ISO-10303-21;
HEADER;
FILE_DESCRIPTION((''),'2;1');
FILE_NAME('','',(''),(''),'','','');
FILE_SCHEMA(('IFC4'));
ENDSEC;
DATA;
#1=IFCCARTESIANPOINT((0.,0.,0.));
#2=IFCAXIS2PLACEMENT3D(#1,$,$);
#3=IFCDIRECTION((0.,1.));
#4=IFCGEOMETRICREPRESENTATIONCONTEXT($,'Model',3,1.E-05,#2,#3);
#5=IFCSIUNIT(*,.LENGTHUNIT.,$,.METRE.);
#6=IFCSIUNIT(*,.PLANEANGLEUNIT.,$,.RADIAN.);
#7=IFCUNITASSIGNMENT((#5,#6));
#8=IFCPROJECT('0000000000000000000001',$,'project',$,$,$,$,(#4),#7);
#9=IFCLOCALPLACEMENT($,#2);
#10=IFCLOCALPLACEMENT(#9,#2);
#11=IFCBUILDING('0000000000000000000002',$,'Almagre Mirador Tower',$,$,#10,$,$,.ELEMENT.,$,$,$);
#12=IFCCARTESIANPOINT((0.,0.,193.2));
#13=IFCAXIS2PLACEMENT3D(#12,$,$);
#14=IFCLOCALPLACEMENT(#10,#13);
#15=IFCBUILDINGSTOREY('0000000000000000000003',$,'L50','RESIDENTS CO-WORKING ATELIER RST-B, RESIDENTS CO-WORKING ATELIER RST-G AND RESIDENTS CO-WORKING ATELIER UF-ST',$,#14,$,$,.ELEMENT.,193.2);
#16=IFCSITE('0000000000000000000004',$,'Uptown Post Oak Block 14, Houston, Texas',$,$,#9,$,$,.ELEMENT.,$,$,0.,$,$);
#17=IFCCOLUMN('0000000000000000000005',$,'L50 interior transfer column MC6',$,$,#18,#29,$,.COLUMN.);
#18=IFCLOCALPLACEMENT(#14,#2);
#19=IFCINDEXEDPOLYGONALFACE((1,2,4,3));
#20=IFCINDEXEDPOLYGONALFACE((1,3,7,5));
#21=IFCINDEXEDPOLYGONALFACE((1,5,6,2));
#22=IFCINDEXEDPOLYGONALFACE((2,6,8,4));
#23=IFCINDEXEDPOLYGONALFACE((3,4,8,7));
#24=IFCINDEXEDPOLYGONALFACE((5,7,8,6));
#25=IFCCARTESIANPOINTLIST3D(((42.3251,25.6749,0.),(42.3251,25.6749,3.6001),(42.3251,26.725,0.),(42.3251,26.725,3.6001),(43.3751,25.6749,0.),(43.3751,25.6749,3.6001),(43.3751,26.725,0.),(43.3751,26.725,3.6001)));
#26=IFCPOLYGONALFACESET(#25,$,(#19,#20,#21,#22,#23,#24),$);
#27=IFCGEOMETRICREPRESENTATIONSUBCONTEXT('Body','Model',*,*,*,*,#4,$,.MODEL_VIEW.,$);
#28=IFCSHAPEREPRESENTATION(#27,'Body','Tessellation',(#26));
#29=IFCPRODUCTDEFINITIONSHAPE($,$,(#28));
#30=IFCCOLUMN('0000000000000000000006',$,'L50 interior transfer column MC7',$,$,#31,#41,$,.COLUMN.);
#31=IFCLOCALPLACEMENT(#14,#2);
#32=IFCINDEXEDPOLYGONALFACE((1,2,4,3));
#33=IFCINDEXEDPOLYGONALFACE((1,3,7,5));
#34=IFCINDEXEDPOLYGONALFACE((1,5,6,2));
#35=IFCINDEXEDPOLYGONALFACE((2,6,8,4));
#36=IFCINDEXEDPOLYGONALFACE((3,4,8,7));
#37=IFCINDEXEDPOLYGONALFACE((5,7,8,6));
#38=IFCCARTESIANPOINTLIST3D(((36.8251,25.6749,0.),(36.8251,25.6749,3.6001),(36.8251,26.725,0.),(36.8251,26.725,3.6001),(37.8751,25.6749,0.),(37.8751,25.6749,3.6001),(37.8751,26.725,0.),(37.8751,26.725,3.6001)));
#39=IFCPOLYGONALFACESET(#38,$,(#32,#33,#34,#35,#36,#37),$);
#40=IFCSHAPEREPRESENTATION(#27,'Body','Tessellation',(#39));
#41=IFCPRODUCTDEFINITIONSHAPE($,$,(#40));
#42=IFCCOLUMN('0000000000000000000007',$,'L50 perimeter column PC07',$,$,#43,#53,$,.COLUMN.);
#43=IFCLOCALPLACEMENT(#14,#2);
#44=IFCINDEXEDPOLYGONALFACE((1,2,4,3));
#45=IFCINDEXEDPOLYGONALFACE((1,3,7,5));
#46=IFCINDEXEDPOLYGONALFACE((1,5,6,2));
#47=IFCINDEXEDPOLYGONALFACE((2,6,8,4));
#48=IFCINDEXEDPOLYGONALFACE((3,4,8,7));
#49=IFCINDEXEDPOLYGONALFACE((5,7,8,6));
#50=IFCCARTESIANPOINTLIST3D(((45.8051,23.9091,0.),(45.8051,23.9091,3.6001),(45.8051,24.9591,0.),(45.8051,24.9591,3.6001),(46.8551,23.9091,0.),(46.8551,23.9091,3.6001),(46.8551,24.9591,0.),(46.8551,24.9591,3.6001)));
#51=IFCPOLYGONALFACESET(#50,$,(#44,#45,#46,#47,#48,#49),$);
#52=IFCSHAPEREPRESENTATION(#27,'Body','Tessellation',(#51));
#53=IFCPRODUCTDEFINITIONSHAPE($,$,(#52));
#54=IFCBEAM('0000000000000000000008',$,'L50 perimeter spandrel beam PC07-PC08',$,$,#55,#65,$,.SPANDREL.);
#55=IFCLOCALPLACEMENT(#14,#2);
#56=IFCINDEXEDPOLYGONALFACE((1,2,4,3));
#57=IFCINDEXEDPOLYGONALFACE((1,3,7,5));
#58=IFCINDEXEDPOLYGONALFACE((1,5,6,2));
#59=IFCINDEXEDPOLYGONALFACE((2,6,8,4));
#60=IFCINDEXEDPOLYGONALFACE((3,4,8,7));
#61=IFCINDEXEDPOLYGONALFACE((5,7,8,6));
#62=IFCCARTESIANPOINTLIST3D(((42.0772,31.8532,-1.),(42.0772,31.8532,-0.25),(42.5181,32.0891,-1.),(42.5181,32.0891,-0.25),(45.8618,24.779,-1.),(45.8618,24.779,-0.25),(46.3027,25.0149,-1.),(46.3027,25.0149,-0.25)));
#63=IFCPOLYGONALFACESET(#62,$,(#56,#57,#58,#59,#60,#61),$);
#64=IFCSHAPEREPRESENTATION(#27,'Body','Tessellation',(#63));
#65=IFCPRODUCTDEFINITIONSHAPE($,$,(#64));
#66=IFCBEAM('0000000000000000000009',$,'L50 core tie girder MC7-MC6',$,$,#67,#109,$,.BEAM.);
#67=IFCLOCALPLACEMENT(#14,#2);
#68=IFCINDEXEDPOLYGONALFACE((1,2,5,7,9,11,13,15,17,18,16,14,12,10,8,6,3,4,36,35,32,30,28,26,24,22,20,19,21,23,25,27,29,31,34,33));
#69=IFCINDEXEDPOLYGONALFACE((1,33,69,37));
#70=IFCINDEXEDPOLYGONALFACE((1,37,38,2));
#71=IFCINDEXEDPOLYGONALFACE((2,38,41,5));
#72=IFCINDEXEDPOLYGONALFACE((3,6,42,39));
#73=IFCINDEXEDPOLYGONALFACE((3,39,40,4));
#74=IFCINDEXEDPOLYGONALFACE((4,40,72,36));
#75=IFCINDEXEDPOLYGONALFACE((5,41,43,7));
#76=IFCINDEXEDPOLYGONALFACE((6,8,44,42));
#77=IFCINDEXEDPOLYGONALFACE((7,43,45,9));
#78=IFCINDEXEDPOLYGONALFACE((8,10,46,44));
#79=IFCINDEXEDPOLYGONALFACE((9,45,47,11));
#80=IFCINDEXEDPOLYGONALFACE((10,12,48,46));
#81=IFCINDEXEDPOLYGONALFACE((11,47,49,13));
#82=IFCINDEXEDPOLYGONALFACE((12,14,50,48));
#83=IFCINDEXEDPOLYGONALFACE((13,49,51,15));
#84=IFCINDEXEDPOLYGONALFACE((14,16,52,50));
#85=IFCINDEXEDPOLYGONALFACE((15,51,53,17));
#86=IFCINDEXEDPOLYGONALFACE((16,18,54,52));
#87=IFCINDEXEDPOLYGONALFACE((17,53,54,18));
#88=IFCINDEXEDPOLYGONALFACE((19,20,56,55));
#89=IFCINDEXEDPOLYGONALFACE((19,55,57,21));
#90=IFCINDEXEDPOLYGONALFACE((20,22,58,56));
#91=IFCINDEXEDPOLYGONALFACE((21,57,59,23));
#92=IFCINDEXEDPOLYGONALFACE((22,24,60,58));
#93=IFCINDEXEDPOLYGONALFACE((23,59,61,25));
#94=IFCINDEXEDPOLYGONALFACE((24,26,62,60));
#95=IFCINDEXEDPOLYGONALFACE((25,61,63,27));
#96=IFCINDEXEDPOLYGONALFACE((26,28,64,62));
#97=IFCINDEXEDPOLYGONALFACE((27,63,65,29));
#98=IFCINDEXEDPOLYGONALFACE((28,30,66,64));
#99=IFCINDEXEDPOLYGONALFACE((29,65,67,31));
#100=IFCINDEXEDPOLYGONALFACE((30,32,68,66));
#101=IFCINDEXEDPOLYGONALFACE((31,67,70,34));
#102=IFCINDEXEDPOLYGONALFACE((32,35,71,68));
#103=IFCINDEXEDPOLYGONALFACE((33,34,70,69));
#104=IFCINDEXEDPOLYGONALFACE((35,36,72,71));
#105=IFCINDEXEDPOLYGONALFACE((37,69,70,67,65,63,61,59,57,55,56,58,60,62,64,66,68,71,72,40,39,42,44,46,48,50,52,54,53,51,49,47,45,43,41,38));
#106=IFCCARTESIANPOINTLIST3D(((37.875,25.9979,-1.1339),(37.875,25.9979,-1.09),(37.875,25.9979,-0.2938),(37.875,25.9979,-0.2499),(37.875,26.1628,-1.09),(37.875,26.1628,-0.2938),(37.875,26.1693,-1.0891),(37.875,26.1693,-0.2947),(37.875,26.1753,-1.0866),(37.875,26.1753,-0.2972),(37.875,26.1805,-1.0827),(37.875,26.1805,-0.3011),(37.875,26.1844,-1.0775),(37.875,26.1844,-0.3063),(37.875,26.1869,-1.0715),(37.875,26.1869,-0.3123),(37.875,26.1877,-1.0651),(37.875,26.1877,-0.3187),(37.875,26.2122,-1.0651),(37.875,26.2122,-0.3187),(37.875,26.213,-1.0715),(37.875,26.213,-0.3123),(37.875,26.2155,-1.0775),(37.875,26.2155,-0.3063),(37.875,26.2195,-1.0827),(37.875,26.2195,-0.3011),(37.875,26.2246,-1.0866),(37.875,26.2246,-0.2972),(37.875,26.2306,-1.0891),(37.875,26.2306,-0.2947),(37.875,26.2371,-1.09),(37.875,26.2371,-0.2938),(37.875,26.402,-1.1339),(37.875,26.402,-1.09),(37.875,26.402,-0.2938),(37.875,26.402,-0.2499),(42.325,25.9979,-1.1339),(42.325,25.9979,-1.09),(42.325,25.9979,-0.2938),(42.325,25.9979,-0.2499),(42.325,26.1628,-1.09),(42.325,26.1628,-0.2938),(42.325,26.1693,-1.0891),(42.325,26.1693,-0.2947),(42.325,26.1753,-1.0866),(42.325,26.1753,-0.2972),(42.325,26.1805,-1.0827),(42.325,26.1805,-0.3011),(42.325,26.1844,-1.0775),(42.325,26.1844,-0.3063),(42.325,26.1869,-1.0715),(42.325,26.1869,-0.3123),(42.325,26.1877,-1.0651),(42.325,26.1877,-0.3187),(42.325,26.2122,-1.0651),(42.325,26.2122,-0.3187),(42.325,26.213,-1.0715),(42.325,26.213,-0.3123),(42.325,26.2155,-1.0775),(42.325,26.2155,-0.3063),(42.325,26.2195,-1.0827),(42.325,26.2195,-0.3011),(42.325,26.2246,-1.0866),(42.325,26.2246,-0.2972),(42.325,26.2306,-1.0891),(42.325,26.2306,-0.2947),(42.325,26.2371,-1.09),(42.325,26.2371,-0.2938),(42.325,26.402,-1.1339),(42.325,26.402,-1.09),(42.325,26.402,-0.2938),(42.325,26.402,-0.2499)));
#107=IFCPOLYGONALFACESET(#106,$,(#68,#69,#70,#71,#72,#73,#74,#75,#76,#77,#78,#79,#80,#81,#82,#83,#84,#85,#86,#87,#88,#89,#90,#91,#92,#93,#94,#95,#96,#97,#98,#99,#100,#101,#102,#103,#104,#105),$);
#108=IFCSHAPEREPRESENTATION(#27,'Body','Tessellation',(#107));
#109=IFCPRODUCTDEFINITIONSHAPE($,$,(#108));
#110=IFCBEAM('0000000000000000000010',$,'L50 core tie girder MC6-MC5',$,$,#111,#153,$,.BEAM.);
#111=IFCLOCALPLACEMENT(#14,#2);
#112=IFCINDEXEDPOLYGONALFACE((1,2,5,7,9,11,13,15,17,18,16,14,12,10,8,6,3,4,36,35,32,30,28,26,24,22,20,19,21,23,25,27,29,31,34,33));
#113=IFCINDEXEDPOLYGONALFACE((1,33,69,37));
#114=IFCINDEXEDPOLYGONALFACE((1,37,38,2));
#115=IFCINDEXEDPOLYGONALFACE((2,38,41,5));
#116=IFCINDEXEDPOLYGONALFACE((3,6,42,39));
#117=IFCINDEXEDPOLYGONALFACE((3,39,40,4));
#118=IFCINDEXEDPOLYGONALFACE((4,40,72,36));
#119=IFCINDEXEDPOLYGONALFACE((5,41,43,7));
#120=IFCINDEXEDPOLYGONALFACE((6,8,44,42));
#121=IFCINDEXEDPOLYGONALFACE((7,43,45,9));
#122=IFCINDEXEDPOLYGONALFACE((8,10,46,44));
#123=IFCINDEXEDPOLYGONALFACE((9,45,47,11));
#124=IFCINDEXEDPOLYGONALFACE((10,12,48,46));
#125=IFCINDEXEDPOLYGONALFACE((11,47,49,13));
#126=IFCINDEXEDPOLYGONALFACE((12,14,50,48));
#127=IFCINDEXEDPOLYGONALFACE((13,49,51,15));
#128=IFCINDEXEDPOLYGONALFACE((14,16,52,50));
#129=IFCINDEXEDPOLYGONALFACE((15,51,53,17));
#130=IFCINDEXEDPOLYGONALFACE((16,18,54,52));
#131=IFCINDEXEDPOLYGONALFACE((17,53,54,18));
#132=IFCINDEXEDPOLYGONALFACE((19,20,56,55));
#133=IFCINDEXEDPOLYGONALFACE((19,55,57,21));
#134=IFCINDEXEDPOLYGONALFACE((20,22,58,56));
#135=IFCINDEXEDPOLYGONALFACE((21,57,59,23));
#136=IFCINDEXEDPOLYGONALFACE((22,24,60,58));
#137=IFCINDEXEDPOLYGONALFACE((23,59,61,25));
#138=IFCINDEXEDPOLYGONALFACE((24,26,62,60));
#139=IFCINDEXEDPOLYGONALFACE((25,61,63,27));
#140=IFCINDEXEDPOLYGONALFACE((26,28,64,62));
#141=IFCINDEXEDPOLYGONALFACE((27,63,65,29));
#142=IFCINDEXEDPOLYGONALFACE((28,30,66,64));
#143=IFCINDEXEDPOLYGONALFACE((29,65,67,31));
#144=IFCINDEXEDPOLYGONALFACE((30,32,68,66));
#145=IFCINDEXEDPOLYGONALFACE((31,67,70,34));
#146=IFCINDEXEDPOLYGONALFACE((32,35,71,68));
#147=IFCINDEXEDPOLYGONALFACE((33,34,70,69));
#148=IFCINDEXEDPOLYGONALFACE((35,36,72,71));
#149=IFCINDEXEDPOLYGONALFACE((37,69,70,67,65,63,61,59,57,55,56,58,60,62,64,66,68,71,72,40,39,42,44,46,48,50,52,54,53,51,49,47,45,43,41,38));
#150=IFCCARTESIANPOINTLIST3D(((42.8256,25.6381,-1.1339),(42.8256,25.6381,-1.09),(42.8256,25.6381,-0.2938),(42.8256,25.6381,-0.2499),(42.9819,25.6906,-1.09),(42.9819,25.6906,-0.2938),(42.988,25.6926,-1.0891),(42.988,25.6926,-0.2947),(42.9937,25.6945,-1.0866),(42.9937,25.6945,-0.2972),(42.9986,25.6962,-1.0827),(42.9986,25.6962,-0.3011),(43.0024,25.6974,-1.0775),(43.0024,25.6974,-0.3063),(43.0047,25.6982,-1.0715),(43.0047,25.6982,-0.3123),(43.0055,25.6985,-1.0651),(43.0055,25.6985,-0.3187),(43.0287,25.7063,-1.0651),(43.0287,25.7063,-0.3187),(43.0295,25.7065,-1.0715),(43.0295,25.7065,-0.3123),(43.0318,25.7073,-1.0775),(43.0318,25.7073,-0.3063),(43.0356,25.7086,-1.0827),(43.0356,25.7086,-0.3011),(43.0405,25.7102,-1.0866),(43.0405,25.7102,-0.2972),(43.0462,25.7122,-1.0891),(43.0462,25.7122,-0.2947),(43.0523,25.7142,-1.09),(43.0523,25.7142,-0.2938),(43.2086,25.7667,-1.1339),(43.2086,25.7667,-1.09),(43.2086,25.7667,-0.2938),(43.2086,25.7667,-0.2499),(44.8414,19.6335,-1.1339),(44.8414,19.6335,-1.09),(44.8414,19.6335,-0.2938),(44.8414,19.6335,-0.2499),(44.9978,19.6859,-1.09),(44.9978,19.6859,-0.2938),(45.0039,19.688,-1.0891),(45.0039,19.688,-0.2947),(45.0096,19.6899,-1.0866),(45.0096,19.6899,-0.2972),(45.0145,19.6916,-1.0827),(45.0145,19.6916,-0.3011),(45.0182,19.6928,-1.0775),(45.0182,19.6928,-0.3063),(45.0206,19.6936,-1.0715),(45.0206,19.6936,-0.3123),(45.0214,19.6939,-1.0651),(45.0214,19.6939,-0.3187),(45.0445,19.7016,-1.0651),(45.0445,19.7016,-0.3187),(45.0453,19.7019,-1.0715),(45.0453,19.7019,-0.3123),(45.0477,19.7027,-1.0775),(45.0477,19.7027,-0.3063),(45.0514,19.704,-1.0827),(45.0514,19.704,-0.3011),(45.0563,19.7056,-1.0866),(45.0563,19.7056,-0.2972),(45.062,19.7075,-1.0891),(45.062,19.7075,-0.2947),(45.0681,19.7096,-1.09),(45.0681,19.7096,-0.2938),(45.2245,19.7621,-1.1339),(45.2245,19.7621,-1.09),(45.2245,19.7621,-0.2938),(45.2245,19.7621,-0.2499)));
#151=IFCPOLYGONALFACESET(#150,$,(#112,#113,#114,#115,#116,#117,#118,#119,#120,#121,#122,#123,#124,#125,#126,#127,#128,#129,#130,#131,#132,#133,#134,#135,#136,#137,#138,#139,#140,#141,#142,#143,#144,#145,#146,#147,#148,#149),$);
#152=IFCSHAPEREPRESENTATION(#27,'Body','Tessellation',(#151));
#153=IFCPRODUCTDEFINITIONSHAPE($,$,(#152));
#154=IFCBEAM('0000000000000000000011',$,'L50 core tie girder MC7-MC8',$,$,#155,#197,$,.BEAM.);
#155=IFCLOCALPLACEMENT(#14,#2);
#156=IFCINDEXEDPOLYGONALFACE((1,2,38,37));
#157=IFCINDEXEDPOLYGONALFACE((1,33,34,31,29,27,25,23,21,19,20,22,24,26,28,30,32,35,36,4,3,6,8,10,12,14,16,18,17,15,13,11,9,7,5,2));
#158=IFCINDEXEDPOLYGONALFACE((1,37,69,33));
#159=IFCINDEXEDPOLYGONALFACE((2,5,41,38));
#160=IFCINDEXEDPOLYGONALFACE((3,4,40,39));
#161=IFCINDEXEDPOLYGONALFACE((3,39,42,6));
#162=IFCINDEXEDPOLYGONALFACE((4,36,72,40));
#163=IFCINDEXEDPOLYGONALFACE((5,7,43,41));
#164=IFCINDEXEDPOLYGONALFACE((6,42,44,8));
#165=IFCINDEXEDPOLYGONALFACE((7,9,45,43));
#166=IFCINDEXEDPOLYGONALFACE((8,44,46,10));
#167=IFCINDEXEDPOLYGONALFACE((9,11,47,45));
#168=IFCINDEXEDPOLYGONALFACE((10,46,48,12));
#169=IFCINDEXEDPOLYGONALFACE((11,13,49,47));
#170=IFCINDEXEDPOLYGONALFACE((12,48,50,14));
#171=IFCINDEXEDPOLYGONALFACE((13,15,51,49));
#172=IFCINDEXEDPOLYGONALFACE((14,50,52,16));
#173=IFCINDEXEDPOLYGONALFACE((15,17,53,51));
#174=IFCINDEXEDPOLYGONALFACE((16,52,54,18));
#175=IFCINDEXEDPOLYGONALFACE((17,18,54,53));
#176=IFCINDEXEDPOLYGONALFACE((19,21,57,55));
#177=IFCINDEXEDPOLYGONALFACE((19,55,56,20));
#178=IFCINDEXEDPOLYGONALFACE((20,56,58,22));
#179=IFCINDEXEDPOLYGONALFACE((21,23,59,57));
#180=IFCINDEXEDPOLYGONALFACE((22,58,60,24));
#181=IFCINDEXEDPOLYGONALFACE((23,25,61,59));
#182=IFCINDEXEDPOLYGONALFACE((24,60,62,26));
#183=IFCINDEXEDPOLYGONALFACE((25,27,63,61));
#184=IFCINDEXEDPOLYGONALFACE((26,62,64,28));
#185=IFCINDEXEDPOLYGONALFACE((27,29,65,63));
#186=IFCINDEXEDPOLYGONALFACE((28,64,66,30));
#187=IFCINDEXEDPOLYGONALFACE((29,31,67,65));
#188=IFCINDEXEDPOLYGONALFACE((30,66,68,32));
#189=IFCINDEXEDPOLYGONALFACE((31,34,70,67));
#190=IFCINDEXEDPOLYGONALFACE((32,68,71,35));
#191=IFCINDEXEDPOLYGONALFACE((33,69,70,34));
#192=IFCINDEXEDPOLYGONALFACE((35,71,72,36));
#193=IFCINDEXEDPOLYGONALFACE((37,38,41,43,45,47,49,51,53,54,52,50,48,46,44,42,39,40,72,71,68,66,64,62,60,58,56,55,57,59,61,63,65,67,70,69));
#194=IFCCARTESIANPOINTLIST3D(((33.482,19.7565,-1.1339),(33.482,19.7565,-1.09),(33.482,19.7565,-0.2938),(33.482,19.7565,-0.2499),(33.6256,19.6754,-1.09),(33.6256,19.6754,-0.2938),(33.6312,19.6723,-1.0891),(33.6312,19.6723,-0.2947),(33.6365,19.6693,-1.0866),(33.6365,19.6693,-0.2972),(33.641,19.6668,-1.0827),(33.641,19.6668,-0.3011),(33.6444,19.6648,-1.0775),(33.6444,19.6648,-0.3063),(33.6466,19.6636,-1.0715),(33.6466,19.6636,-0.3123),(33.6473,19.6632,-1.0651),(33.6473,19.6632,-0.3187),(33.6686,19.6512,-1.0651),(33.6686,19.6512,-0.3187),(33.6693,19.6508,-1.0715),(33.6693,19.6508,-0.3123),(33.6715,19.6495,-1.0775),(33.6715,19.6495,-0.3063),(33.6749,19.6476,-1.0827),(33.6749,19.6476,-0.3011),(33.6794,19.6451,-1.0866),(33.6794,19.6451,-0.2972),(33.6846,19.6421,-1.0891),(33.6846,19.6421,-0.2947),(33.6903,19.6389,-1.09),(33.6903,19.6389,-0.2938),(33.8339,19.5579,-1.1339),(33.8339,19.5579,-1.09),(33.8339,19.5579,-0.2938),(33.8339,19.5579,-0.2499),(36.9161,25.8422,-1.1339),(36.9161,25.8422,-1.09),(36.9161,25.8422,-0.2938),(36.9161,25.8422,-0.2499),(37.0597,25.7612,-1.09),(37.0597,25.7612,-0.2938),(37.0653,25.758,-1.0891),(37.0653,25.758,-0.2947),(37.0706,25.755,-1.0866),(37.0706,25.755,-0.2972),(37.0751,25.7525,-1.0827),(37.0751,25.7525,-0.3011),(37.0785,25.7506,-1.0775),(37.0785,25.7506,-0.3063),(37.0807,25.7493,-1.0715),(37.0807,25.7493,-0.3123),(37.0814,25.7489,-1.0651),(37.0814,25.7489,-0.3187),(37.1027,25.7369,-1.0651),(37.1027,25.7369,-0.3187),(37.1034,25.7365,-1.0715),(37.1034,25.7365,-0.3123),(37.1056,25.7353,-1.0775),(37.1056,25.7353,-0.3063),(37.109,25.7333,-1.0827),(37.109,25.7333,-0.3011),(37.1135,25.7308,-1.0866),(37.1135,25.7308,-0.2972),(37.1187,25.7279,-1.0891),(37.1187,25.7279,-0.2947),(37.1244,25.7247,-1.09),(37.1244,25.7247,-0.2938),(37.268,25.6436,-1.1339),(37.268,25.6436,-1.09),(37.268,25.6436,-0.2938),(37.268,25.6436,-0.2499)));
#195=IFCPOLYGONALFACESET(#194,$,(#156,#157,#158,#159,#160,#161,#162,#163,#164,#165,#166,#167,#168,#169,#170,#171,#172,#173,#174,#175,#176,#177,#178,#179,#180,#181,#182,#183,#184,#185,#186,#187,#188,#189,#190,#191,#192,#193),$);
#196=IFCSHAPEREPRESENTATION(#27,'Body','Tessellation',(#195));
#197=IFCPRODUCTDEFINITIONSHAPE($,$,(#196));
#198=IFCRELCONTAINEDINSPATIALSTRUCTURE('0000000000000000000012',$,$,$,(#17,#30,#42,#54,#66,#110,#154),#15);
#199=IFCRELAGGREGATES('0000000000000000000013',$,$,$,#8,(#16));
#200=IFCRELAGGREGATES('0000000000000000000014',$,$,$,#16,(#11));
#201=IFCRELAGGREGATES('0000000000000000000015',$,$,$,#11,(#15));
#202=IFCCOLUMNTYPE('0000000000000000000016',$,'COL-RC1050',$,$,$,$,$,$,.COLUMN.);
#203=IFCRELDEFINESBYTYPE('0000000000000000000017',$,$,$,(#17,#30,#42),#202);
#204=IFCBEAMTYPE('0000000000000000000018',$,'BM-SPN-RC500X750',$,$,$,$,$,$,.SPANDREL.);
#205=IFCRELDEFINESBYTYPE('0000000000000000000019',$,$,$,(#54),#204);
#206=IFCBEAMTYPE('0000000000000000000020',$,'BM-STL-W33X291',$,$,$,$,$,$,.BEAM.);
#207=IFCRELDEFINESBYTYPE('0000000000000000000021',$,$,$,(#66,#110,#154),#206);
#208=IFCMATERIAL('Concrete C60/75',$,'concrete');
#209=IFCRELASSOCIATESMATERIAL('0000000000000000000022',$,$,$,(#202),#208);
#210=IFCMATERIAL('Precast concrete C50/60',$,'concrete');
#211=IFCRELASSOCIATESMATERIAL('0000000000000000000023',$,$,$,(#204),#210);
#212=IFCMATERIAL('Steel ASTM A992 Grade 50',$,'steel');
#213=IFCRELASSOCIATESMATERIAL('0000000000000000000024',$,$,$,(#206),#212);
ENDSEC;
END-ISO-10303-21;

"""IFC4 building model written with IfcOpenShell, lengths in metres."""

from ifc_helpers import new_model, si_unit, direction, frame, origin, origin_2d, place, context, subcontext, project, spatial, rectangle, i_section, extrude, material, material_profile, profile_set, type_object, element, save


model = new_model("IFC4")

# Units and contexts
model_context = context("Model", 3, precision=1e-05, world=origin(), true_north=direction((0.0, 1.0)))
body_context = subcontext(model_context, "Body", "Model", "MODEL_VIEW")
ifc_project = project(units=[si_unit("LENGTHUNIT", "METRE"), si_unit("PLANEANGLEUNIT", "RADIAN")], contexts=[model_context])

# Site, building, storey
site_placement = place(None, origin())
site = spatial("IfcSite", under=ifc_project, at=site_placement, Name="Uptown Post Oak Block 14, Houston, Texas", CompositionType="ELEMENT", RefElevation=0.0)
building_placement = place(site_placement, origin())
building = spatial("IfcBuilding", under=site, at=building_placement, Name="Almagre Mirador Tower", CompositionType="ELEMENT")
storey_placement = place(building_placement, frame((0.0, 0.0, 193.2)))
storey = spatial("IfcBuildingStorey", under=building, at=storey_placement, Name="L50", Description="RESIDENTS CO-WORKING ATELIER RST-B, RESIDENTS CO-WORKING ATELIER RST-G AND RESIDENTS CO-WORKING ATELIER UF-ST", CompositionType="ELEMENT", Elevation=193.2)

# Columns
ifc_material_1 = material(Name="Concrete C60/75", Category="concrete")
ifc_material_profile_1 = material_profile(ifc_material_1, rectangle(XDim=1.05, YDim=1.05, at=origin_2d()), Name="RC1050X1050")
ifc_profile_set_1 = profile_set([ifc_material_profile_1], Name="Concrete C60/75")
column_type = type_object("IfcColumnType", Name="COL-RC1050", PredefinedType="COLUMN", material=ifc_profile_set_1)
for number, where, z_axis, x_axis, name in (
    (1, (42.8501, 26.2, 0.0), (0.0, 0.0, 1.0), (1.0, 0.0, 0.0), "L50 interior transfer column MC6"),
    (2, (37.3501, 26.2, 0.0), (0.0, 0.0, 1.0), (1.0, 0.0, 0.0), "L50 interior transfer column MC7"),
    (3, (46.3301, 24.4341, 0.0), (0.0, 0.0, 1.0), (1.0, 0.0, 0.0), "L50 perimeter column PC07"),
):
    element("IfcColumn", number, at=place(storey_placement, frame(where, z_axis=z_axis, x_axis=x_axis)), inside=storey, type_object=column_type, Name=name, PredefinedType="COLUMN", context=body_context, shape_type="SweptSolid", body=[
        extrude(rectangle(XDim=1.05, YDim=1.05, at=origin_2d()), origin(), (0.0, 0.0, 1.0), 3.6001),
    ])

# Beams
ifc_material_2 = material(Name="Precast concrete C50/60", Category="concrete")
ifc_material_profile_2 = material_profile(ifc_material_2, rectangle(XDim=0.5, YDim=0.75, at=origin_2d()), Name="RC500X750")
ifc_profile_set_2 = profile_set([ifc_material_profile_2], Name="Precast concrete C50/60")
beam_type_1 = type_object("IfcBeamType", Name="BM-SPN-RC500X750", PredefinedType="SPANDREL", material=ifc_profile_set_2)
beam_1_placement = place(storey_placement, frame((46.0823, 24.897, -0.625), z_axis=(-0.471728, 0.881744, 0.0), x_axis=(-0.881744, -0.471728, 0.0)))
element("IfcBeam", 4, at=beam_1_placement, inside=storey, type_object=beam_type_1, Name="L50 perimeter spandrel beam PC07-PC08", PredefinedType="SPANDREL", context=body_context, shape_type="SweptSolid", body=[
    extrude(rectangle(XDim=0.5, YDim=0.75, at=origin_2d()), origin(), (0.0, 0.0, 1.0), 8.0229),
])
ifc_material_3 = material(Name="Steel ASTM A992 Grade 50", Category="steel")
ifc_material_profile_3 = material_profile(ifc_material_3, i_section(OverallWidth=0.4041, OverallDepth=0.884, WebThickness=0.0244, FlangeThickness=0.0439, FilletRadius=0.0249, at=origin_2d()), Name="W33X291")
ifc_profile_set_3 = profile_set([ifc_material_profile_3], Name="Steel ASTM A992 Grade 50")
beam_type_2 = type_object("IfcBeamType", Name="BM-STL-W33X291", PredefinedType="BEAM", material=ifc_profile_set_3)
beam_2_placement = place(storey_placement, frame((37.875, 26.2, -0.6919), z_axis=(1.0, 0.0, 0.0), x_axis=(0.0, 1.0, 0.0)))
element("IfcBeam", 5, at=beam_2_placement, inside=storey, type_object=beam_type_2, Name="L50 core tie girder MC7-MC6", PredefinedType="BEAM", context=body_context, shape_type="SweptSolid", body=[
    extrude(i_section(OverallWidth=0.4041, OverallDepth=0.884, WebThickness=0.0244, FlangeThickness=0.0439, FilletRadius=0.0249, at=origin_2d()), origin(), (0.0, 0.0, 1.0), 4.45),
])
beam_3_placement = place(storey_placement, frame((43.0171, 25.7024, -0.6919), z_axis=(0.318262, -0.948003, 0.0), x_axis=(0.948003, 0.318262, 0.0)))
element("IfcBeam", 6, at=beam_3_placement, inside=storey, type_object=beam_type_2, Name="L50 core tie girder MC6-MC5", PredefinedType="BEAM", context=body_context, shape_type="SweptSolid", body=[
    extrude(i_section(OverallWidth=0.4041, OverallDepth=0.884, WebThickness=0.0244, FlangeThickness=0.0439, FilletRadius=0.0249, at=origin_2d()), origin(), (0.0, 0.0, 1.0), 6.334),
])
beam_4_placement = place(storey_placement, frame((37.092, 25.7429, -0.6919), z_axis=(-0.491444, -0.870909, 0.0), x_axis=(0.870909, -0.491444, 0.0)))
element("IfcBeam", 7, at=beam_4_placement, inside=storey, type_object=beam_type_2, Name="L50 core tie girder MC7-MC8", PredefinedType="BEAM", context=body_context, shape_type="SweptSolid", body=[
    extrude(i_section(OverallWidth=0.4041, OverallDepth=0.884, WebThickness=0.0244, FlangeThickness=0.0439, FilletRadius=0.0249, at=origin_2d()), origin(), (0.0, 0.0, 1.0), 6.9878),
])

save(model, "model.ifc")
